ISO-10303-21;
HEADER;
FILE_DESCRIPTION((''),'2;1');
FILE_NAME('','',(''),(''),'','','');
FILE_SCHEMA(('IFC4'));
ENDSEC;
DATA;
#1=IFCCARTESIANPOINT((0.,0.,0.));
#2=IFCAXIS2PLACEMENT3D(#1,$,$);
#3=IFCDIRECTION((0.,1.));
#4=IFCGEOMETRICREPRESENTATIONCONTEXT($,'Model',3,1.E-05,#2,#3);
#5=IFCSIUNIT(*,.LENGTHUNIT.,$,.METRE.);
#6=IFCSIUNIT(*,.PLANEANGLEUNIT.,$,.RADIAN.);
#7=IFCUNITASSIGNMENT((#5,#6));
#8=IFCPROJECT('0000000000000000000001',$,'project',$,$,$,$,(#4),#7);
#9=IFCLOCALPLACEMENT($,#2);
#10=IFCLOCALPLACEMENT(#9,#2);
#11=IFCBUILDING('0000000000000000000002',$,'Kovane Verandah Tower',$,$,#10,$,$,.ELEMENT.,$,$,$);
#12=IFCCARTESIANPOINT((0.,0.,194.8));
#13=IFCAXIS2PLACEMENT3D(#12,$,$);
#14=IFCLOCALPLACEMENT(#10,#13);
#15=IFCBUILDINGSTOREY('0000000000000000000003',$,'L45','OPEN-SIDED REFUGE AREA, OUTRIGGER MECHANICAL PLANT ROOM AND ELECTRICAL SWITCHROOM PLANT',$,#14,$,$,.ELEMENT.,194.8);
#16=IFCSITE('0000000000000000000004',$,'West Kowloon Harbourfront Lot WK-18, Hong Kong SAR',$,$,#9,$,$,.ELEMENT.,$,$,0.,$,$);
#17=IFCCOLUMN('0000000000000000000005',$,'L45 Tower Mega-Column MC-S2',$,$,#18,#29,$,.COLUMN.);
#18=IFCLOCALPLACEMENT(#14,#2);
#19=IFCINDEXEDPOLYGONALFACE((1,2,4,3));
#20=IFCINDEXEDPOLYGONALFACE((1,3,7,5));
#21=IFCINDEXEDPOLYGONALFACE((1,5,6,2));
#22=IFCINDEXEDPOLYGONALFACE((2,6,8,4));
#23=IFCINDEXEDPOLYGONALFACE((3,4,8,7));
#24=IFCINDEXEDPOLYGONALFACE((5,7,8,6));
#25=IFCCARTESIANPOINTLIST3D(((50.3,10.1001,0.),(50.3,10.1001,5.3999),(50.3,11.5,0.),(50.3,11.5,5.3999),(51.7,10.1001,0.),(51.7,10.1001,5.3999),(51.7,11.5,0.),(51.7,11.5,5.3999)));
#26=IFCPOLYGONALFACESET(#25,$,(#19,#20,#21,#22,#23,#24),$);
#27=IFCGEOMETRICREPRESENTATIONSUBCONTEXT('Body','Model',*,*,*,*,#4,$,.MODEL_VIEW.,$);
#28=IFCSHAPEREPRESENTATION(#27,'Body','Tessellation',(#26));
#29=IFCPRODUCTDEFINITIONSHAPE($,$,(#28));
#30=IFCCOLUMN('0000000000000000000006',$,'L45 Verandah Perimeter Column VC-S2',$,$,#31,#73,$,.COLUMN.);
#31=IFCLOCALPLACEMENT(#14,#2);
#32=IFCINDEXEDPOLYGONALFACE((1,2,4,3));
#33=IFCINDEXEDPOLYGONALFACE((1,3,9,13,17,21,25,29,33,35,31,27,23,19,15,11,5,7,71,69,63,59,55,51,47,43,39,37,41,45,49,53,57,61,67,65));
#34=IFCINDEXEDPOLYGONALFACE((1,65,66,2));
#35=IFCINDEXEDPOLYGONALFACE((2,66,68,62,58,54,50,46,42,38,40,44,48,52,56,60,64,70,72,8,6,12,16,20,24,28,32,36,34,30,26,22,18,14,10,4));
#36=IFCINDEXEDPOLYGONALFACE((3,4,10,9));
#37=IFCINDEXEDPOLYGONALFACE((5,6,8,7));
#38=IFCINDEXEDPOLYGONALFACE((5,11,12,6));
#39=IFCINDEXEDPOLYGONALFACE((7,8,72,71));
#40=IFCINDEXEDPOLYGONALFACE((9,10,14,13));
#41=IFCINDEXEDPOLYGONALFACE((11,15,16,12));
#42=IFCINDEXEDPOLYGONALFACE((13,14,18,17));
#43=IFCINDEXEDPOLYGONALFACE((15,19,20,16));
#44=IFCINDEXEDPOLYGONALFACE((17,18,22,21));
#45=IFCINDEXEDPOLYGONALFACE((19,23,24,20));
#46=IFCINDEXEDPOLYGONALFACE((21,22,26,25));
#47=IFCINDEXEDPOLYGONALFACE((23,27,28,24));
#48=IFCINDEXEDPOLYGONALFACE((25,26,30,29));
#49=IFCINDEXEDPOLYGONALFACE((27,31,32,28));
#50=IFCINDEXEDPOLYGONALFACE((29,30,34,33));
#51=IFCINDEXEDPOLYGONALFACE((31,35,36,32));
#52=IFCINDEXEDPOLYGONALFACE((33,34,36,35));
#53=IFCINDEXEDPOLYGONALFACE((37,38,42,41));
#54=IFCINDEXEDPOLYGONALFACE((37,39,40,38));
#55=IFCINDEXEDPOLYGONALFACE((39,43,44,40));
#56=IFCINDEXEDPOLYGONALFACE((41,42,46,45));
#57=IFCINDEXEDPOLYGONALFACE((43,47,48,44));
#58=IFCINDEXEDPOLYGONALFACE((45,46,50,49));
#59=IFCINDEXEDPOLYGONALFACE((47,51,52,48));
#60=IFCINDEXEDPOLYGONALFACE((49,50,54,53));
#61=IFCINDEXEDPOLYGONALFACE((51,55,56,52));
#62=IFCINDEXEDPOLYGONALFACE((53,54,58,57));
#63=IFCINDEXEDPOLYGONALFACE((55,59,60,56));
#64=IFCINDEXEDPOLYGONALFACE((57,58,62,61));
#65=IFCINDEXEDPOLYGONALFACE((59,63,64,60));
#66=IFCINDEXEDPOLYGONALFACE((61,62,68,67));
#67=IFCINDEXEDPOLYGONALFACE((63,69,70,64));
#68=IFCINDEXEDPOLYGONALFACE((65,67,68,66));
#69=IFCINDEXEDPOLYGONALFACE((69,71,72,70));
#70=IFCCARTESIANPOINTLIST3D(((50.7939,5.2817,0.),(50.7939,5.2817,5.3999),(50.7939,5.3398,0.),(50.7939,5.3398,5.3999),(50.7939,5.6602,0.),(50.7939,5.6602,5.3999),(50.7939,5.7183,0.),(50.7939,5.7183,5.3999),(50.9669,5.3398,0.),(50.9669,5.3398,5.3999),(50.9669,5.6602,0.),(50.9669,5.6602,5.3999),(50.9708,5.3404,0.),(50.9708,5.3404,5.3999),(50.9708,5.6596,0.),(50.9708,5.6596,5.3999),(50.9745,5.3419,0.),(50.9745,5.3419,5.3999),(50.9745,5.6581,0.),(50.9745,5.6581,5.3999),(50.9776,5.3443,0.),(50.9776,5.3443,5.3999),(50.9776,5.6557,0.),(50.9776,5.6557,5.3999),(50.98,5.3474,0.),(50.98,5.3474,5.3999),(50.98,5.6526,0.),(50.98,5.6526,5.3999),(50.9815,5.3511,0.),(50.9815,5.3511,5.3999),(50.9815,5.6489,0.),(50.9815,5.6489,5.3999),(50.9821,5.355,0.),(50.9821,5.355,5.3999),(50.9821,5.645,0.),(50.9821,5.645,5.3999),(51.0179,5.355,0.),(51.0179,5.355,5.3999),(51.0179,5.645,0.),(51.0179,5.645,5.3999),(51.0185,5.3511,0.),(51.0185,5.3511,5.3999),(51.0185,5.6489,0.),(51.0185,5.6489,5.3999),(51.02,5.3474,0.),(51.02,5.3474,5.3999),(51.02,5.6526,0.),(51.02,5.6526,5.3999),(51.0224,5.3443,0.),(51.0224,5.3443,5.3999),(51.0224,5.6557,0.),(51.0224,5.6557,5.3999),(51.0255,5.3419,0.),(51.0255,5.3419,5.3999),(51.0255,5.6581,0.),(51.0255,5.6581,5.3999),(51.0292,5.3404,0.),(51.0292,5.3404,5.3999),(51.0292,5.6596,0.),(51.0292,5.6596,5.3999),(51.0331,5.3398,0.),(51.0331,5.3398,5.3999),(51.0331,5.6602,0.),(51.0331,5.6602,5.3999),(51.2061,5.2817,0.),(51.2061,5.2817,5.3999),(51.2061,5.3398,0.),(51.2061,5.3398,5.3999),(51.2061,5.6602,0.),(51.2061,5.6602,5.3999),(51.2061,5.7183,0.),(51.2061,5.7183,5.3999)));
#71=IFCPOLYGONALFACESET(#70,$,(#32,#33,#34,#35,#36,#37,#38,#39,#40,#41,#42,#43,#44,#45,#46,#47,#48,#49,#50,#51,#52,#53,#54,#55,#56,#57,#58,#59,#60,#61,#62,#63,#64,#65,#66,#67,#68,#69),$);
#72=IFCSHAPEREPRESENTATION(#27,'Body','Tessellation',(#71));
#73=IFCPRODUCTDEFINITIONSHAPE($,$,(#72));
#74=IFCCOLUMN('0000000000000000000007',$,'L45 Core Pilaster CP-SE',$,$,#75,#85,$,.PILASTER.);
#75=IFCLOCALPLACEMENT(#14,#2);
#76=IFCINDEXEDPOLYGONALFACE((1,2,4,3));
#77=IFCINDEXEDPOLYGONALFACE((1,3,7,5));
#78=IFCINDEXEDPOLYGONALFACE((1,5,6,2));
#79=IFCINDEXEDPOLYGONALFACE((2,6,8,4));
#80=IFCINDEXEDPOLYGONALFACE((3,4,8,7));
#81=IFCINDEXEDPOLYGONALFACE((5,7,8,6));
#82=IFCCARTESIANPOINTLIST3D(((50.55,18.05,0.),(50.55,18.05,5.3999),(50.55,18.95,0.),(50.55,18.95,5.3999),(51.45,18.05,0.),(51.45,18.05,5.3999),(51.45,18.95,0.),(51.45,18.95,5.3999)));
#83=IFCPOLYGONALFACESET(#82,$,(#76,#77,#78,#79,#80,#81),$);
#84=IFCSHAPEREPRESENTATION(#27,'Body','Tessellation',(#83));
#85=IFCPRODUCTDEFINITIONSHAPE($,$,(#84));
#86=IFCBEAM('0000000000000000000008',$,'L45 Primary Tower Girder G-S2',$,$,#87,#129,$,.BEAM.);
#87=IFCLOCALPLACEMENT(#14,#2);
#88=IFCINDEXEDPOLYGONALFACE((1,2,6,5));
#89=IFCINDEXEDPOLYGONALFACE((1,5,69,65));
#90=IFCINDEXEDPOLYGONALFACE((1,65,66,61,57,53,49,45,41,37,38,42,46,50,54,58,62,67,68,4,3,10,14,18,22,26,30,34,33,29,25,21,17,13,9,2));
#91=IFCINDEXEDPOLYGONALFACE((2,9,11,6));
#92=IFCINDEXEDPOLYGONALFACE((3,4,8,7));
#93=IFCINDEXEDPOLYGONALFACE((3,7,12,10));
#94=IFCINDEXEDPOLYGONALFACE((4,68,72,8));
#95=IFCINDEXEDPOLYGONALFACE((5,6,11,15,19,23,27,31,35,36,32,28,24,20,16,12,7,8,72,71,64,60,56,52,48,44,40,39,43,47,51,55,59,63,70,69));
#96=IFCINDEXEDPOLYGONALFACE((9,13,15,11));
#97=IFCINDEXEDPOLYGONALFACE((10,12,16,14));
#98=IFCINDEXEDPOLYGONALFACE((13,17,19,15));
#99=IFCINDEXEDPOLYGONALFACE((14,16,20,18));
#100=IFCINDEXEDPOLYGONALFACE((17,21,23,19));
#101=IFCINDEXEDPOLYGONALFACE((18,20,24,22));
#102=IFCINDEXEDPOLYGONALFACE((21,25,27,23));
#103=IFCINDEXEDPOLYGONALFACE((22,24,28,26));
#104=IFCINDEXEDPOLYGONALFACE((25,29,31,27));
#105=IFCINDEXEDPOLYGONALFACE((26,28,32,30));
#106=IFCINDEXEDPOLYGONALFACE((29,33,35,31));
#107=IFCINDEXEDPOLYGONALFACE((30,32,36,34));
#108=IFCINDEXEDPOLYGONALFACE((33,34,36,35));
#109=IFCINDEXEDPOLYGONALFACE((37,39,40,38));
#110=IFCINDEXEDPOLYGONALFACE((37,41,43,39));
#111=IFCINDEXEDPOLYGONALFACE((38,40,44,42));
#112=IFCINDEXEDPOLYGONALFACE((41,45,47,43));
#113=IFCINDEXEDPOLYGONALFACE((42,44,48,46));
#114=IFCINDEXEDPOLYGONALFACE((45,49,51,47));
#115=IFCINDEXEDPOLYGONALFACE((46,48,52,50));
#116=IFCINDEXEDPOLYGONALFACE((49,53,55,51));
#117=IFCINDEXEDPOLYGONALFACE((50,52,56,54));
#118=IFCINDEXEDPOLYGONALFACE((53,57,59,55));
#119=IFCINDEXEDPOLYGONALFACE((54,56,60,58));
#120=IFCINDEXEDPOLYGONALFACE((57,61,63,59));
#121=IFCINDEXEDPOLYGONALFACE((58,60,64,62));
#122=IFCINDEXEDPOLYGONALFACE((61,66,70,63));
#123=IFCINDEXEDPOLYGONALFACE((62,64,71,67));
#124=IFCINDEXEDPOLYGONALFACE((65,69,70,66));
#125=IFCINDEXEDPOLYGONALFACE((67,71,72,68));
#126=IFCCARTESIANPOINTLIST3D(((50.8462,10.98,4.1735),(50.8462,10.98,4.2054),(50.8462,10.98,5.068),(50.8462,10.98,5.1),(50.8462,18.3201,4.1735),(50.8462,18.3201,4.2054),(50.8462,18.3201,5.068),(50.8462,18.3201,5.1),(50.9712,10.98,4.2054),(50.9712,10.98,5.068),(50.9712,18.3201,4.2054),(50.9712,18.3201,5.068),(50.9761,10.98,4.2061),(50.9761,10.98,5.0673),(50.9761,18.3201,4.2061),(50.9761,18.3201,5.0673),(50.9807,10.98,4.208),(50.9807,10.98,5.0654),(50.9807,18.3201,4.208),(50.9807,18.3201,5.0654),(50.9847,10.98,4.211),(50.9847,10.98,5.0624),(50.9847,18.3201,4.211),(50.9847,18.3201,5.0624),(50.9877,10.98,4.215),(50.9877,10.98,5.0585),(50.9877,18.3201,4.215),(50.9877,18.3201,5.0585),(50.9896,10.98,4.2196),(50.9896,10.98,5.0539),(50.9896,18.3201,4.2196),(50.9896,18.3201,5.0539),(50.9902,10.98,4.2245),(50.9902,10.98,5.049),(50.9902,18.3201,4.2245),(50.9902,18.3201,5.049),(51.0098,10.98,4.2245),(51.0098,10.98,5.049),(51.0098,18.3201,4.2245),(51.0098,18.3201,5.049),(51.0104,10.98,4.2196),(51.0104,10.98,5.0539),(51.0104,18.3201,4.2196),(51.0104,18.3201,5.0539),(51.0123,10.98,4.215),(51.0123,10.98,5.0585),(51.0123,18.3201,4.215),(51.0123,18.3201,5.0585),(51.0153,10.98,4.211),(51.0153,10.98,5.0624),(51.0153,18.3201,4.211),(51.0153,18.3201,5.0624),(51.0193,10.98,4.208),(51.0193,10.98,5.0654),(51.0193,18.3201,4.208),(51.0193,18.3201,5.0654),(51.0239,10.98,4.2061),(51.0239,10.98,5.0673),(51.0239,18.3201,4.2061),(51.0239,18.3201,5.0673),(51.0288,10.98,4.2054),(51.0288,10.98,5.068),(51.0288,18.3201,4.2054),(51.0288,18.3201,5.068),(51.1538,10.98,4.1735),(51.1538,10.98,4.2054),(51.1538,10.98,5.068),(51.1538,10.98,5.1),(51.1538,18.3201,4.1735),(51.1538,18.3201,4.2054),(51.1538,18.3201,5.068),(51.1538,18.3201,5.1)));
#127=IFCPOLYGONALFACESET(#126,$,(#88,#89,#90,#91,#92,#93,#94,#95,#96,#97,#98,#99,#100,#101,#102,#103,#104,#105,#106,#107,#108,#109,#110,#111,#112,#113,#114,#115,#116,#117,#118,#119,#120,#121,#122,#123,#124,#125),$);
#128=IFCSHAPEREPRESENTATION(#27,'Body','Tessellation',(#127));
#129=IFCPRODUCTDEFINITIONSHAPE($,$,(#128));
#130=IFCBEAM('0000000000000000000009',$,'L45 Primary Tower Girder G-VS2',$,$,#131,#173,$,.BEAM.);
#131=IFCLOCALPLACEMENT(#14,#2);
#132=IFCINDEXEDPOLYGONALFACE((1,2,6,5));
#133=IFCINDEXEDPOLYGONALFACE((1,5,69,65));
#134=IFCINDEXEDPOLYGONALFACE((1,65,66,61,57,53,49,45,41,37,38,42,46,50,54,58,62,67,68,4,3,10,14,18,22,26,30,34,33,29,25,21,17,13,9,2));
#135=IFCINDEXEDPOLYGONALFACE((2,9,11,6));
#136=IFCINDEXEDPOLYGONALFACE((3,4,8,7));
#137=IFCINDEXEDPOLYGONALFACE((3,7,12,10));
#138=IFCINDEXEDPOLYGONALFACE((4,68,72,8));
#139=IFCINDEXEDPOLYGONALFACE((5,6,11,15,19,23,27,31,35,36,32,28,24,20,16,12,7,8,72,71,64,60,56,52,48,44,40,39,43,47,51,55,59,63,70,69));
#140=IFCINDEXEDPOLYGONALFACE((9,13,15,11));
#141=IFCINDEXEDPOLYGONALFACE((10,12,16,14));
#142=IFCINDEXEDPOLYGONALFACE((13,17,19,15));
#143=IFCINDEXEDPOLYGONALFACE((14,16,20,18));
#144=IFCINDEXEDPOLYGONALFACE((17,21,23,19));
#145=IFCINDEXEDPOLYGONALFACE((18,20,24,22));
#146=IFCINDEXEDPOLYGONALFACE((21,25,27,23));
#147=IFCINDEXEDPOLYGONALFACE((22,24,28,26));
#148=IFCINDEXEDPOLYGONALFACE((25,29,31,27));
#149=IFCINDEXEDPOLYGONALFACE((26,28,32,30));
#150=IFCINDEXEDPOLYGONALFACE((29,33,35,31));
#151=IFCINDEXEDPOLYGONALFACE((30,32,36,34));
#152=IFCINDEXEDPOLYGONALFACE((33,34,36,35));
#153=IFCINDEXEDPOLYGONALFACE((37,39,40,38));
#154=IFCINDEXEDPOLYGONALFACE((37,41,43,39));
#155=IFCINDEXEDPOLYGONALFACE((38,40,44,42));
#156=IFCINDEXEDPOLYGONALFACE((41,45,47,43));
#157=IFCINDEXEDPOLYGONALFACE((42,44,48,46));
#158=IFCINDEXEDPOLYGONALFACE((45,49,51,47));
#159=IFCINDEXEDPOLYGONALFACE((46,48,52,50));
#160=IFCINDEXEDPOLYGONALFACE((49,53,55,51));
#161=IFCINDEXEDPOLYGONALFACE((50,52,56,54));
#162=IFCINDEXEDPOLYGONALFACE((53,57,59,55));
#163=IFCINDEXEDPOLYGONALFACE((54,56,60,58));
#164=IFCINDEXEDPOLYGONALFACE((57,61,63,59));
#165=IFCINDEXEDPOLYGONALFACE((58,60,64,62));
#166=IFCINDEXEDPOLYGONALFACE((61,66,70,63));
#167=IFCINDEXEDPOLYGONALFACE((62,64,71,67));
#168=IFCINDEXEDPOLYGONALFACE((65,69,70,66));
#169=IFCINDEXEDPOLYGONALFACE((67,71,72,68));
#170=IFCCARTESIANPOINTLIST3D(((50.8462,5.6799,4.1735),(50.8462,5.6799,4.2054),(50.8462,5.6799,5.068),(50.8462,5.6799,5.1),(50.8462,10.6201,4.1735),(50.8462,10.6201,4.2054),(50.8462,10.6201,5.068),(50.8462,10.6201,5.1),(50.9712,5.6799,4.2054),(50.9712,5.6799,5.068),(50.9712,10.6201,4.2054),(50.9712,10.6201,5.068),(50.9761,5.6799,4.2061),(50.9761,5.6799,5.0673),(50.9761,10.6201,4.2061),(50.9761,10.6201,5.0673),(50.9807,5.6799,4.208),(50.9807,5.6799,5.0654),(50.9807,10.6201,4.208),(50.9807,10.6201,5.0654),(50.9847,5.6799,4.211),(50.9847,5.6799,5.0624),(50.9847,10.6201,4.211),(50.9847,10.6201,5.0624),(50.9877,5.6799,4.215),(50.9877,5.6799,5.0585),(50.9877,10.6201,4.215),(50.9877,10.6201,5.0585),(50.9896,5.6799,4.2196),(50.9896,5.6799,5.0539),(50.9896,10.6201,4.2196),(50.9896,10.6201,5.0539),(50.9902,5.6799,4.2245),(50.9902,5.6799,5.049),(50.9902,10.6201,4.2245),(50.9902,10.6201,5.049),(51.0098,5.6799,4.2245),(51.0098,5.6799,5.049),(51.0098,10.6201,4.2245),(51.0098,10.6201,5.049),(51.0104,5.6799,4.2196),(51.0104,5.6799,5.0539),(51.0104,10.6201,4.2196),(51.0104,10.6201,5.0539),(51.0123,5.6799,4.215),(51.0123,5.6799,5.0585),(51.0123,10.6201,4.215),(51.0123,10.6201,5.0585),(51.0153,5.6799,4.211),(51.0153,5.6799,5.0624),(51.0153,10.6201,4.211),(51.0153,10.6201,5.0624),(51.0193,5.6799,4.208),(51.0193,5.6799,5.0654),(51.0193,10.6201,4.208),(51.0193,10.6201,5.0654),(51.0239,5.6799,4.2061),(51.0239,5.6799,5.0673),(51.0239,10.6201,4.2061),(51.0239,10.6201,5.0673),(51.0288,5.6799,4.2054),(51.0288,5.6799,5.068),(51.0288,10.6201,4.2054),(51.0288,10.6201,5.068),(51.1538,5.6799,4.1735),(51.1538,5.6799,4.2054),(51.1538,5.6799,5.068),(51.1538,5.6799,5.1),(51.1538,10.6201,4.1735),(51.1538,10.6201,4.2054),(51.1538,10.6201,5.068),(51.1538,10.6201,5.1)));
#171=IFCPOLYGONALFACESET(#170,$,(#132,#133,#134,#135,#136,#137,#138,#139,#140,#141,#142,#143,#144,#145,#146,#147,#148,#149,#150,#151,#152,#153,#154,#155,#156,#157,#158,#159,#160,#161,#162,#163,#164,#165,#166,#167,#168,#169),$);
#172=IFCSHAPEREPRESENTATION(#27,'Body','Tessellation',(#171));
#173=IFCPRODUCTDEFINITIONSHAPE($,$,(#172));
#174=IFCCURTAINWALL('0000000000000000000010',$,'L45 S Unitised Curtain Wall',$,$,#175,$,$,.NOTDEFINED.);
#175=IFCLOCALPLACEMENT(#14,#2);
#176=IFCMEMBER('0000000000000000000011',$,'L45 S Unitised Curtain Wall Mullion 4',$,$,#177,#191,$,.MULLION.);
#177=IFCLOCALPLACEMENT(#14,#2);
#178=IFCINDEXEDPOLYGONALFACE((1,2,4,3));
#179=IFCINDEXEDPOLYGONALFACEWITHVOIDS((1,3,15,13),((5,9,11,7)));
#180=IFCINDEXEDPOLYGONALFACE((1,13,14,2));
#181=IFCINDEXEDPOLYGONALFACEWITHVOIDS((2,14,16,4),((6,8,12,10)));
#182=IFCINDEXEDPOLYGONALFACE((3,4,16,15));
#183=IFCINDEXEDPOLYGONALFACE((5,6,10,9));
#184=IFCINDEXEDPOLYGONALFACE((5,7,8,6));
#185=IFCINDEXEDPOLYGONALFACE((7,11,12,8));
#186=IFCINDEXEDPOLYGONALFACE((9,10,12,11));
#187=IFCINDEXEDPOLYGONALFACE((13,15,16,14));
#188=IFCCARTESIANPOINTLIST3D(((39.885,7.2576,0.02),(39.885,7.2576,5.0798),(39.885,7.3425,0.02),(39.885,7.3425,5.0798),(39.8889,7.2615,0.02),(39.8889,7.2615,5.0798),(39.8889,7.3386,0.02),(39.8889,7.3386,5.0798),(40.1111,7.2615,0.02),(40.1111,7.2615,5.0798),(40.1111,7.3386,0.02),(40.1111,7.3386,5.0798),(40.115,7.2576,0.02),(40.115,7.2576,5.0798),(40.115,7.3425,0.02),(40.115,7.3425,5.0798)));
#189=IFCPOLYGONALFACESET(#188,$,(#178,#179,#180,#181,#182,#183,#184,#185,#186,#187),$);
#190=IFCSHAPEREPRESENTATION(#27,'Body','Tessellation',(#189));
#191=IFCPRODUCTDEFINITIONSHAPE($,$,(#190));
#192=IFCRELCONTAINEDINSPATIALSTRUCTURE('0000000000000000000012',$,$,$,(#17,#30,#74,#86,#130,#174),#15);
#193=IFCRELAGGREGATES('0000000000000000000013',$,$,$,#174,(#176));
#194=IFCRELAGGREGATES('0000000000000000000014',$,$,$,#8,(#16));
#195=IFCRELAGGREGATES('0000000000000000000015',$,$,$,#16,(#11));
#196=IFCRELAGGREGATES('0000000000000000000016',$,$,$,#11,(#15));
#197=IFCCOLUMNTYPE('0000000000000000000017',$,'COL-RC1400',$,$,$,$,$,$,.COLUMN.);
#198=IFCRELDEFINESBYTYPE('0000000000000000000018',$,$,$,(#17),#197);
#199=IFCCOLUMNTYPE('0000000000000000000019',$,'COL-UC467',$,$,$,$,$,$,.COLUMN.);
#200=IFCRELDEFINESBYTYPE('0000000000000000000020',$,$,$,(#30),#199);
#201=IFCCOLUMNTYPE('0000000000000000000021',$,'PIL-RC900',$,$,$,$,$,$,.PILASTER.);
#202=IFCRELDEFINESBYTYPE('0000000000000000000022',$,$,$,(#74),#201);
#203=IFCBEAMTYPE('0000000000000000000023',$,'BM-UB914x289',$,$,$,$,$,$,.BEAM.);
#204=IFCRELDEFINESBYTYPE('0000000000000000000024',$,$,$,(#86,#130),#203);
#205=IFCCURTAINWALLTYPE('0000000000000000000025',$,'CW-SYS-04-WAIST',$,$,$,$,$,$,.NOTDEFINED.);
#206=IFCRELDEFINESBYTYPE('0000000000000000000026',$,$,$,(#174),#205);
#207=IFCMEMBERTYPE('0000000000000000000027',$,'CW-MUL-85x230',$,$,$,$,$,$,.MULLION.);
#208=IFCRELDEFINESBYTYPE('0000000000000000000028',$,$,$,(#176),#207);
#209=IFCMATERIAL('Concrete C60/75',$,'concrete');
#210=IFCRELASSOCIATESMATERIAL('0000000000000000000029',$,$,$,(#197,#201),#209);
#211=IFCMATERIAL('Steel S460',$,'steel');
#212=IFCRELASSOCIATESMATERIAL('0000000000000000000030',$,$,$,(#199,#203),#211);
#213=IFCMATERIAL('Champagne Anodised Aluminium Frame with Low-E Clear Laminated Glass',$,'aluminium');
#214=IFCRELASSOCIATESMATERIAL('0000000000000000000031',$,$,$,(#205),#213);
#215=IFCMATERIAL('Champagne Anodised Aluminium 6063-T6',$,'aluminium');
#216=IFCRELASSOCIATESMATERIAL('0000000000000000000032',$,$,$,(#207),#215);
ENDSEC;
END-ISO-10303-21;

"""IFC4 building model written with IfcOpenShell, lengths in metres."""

from ifc_helpers import new_model, si_unit, direction, frame, origin, origin_2d, place, context, subcontext, project, spatial, rectangle, hollow_rectangle, i_section, extrude, material, material_profile, profile_set, type_object, element, aggregate, save


model = new_model("IFC4")

# Units and contexts
model_context = context("Model", 3, precision=1e-05, world=origin(), true_north=direction((0.0, 1.0)))
body_context = subcontext(model_context, "Body", "Model", "MODEL_VIEW")
ifc_project = project(units=[si_unit("LENGTHUNIT", "METRE"), si_unit("PLANEANGLEUNIT", "RADIAN")], contexts=[model_context])

# Site, building, storey
site_placement = place(None, origin())
site = spatial("IfcSite", under=ifc_project, at=site_placement, Name="West Kowloon Harbourfront Lot WK-18, Hong Kong SAR", CompositionType="ELEMENT", RefElevation=0.0)
building_placement = place(site_placement, origin())
building = spatial("IfcBuilding", under=site, at=building_placement, Name="Kovane Verandah Tower", CompositionType="ELEMENT")
storey_placement = place(building_placement, frame((0.0, 0.0, 194.8)))
storey = spatial("IfcBuildingStorey", under=building, at=storey_placement, Name="L45", Description="OPEN-SIDED REFUGE AREA, OUTRIGGER MECHANICAL PLANT ROOM AND ELECTRICAL SWITCHROOM PLANT", CompositionType="ELEMENT", Elevation=194.8)

# Columns
ifc_material_1 = material(Name="Concrete C60/75", Category="concrete")
ifc_material_profile_1 = material_profile(ifc_material_1, rectangle(XDim=1.3999, YDim=1.3999, at=origin_2d()), Name="RC1400x1400")
ifc_profile_set_1 = profile_set([ifc_material_profile_1], Name="Concrete C60/75")
column_type_1 = type_object("IfcColumnType", Name="COL-RC1400", PredefinedType="COLUMN", material=ifc_profile_set_1)
column_1_placement = place(storey_placement, frame((51.0, 10.8, 0.0), z_axis=(0.0, 0.0, 1.0), x_axis=(1.0, 0.0, 0.0)))
element("IfcColumn", 1, at=column_1_placement, inside=storey, type_object=column_type_1, Name="L45 Tower Mega-Column MC-S2", PredefinedType="COLUMN", context=body_context, shape_type="SweptSolid", body=[
    extrude(rectangle(XDim=1.3999, YDim=1.3999, at=origin_2d()), origin(), (0.0, 0.0, 1.0), 5.3999),
])
ifc_material_2 = material(Name="Steel S460", Category="steel")
ifc_material_profile_2 = material_profile(ifc_material_2, i_section(OverallWidth=0.4121, OverallDepth=0.4365, WebThickness=0.0359, FlangeThickness=0.0581, FilletRadius=0.0151, at=origin_2d()), Name="UC356x406x467")
ifc_profile_set_2 = profile_set([ifc_material_profile_2], Name="Steel S460")
column_type_2 = type_object("IfcColumnType", Name="COL-UC467", PredefinedType="COLUMN", material=ifc_profile_set_2)
column_2_placement = place(storey_placement, frame((51.0, 5.5, 0.0), z_axis=(0.0, 0.0, 1.0), x_axis=(1.0, 0.0, 0.0)))
element("IfcColumn", 2, at=column_2_placement, inside=storey, type_object=column_type_2, Name="L45 Verandah Perimeter Column VC-S2", PredefinedType="COLUMN", context=body_context, shape_type="SweptSolid", body=[
    extrude(i_section(OverallWidth=0.4121, OverallDepth=0.4365, WebThickness=0.0359, FlangeThickness=0.0581, FilletRadius=0.0151, at=origin_2d()), origin(), (0.0, 0.0, 1.0), 5.3999),
])
ifc_material_profile_3 = material_profile(ifc_material_1, rectangle(XDim=0.8999, YDim=0.8999, at=origin_2d()), Name="RC900x900")
ifc_profile_set_3 = profile_set([ifc_material_profile_3], Name="Concrete C60/75")
column_type_3 = type_object("IfcColumnType", Name="PIL-RC900", PredefinedType="PILASTER", material=ifc_profile_set_3)
column_3_placement = place(storey_placement, frame((51.0, 18.5, 0.0), z_axis=(0.0, 0.0, 1.0), x_axis=(1.0, 0.0, 0.0)))
element("IfcColumn", 3, at=column_3_placement, inside=storey, type_object=column_type_3, Name="L45 Core Pilaster CP-SE", PredefinedType="PILASTER", context=body_context, shape_type="SweptSolid", body=[
    extrude(rectangle(XDim=0.8999, YDim=0.8999, at=origin_2d()), origin(), (0.0, 0.0, 1.0), 5.3999),
])

# Beams
ifc_material_profile_4 = material_profile(ifc_material_2, i_section(OverallWidth=0.3076, OverallDepth=0.9265, WebThickness=0.0195, FlangeThickness=0.032, FilletRadius=0.019, at=origin_2d()), Name="UB914x305x289")
ifc_profile_set_4 = profile_set([ifc_material_profile_4], Name="Steel S460")
beam_type = type_object("IfcBeamType", Name="BM-UB914x289", PredefinedType="BEAM", material=ifc_profile_set_4)
beam_1_placement = place(storey_placement, frame((51.0, 18.3201, 4.6367), z_axis=(0.0, -1.0, 0.0), x_axis=(1.0, 0.0, 0.0)))
element("IfcBeam", 4, at=beam_1_placement, inside=storey, type_object=beam_type, Name="L45 Primary Tower Girder G-S2", PredefinedType="BEAM", context=body_context, shape_type="SweptSolid", body=[
    extrude(i_section(OverallWidth=0.3076, OverallDepth=0.9265, WebThickness=0.0195, FlangeThickness=0.032, FilletRadius=0.019, at=origin_2d()), origin(), (0.0, 0.0, 1.0), 7.3401),
])
beam_2_placement = place(storey_placement, frame((51.0, 10.6201, 4.6367), z_axis=(0.0, -1.0, 0.0), x_axis=(1.0, 0.0, 0.0)))
element("IfcBeam", 5, at=beam_2_placement, inside=storey, type_object=beam_type, Name="L45 Primary Tower Girder G-VS2", PredefinedType="BEAM", context=body_context, shape_type="SweptSolid", body=[
    extrude(i_section(OverallWidth=0.3076, OverallDepth=0.9265, WebThickness=0.0195, FlangeThickness=0.032, FilletRadius=0.019, at=origin_2d()), origin(), (0.0, 0.0, 1.0), 4.9402),
])

# Curtain wall, member
ifc_material_3 = material(Name="Champagne Anodised Aluminium Frame with Low-E Clear Laminated Glass", Category="aluminium")
curtain_wall_type = type_object("IfcCurtainWallType", Name="CW-SYS-04-WAIST", PredefinedType="NOTDEFINED", material=ifc_material_3)
curtain_wall_placement = place(storey_placement, origin())
curtain_wall = element("IfcCurtainWall", 6, at=curtain_wall_placement, inside=storey, type_object=curtain_wall_type, Name="L45 S Unitised Curtain Wall", PredefinedType="NOTDEFINED")
ifc_material_4 = material(Name="Champagne Anodised Aluminium 6063-T6", Category="aluminium")
ifc_material_profile_5 = material_profile(ifc_material_4, hollow_rectangle(XDim=0.085, YDim=0.23, WallThickness=0.0039, at=origin_2d()), Name="AL85x230x4")
ifc_profile_set_5 = profile_set([ifc_material_profile_5], Name="Champagne Anodised Aluminium 6063-T6")
member_type_1 = type_object("IfcMemberType", Name="CW-MUL-85x230", PredefinedType="MULLION", material=ifc_profile_set_5)
member_1_placement = place(storey_placement, frame((40.0, 7.3, 0.02), z_axis=(0.0, 0.0, 1.0), x_axis=(0.0, -1.0, 0.0)))
member_1 = element("IfcMember", 7, at=member_1_placement, type_object=member_type_1, Name="L45 S Unitised Curtain Wall Mullion 4", PredefinedType="MULLION", context=body_context, shape_type="SweptSolid", body=[
    extrude(hollow_rectangle(XDim=0.085, YDim=0.23, WallThickness=0.0039, at=origin_2d()), origin(), (0.0, 0.0, 1.0), 5.0598),
])
aggregate(curtain_wall, [member_1])

save(model, "model.ifc")
